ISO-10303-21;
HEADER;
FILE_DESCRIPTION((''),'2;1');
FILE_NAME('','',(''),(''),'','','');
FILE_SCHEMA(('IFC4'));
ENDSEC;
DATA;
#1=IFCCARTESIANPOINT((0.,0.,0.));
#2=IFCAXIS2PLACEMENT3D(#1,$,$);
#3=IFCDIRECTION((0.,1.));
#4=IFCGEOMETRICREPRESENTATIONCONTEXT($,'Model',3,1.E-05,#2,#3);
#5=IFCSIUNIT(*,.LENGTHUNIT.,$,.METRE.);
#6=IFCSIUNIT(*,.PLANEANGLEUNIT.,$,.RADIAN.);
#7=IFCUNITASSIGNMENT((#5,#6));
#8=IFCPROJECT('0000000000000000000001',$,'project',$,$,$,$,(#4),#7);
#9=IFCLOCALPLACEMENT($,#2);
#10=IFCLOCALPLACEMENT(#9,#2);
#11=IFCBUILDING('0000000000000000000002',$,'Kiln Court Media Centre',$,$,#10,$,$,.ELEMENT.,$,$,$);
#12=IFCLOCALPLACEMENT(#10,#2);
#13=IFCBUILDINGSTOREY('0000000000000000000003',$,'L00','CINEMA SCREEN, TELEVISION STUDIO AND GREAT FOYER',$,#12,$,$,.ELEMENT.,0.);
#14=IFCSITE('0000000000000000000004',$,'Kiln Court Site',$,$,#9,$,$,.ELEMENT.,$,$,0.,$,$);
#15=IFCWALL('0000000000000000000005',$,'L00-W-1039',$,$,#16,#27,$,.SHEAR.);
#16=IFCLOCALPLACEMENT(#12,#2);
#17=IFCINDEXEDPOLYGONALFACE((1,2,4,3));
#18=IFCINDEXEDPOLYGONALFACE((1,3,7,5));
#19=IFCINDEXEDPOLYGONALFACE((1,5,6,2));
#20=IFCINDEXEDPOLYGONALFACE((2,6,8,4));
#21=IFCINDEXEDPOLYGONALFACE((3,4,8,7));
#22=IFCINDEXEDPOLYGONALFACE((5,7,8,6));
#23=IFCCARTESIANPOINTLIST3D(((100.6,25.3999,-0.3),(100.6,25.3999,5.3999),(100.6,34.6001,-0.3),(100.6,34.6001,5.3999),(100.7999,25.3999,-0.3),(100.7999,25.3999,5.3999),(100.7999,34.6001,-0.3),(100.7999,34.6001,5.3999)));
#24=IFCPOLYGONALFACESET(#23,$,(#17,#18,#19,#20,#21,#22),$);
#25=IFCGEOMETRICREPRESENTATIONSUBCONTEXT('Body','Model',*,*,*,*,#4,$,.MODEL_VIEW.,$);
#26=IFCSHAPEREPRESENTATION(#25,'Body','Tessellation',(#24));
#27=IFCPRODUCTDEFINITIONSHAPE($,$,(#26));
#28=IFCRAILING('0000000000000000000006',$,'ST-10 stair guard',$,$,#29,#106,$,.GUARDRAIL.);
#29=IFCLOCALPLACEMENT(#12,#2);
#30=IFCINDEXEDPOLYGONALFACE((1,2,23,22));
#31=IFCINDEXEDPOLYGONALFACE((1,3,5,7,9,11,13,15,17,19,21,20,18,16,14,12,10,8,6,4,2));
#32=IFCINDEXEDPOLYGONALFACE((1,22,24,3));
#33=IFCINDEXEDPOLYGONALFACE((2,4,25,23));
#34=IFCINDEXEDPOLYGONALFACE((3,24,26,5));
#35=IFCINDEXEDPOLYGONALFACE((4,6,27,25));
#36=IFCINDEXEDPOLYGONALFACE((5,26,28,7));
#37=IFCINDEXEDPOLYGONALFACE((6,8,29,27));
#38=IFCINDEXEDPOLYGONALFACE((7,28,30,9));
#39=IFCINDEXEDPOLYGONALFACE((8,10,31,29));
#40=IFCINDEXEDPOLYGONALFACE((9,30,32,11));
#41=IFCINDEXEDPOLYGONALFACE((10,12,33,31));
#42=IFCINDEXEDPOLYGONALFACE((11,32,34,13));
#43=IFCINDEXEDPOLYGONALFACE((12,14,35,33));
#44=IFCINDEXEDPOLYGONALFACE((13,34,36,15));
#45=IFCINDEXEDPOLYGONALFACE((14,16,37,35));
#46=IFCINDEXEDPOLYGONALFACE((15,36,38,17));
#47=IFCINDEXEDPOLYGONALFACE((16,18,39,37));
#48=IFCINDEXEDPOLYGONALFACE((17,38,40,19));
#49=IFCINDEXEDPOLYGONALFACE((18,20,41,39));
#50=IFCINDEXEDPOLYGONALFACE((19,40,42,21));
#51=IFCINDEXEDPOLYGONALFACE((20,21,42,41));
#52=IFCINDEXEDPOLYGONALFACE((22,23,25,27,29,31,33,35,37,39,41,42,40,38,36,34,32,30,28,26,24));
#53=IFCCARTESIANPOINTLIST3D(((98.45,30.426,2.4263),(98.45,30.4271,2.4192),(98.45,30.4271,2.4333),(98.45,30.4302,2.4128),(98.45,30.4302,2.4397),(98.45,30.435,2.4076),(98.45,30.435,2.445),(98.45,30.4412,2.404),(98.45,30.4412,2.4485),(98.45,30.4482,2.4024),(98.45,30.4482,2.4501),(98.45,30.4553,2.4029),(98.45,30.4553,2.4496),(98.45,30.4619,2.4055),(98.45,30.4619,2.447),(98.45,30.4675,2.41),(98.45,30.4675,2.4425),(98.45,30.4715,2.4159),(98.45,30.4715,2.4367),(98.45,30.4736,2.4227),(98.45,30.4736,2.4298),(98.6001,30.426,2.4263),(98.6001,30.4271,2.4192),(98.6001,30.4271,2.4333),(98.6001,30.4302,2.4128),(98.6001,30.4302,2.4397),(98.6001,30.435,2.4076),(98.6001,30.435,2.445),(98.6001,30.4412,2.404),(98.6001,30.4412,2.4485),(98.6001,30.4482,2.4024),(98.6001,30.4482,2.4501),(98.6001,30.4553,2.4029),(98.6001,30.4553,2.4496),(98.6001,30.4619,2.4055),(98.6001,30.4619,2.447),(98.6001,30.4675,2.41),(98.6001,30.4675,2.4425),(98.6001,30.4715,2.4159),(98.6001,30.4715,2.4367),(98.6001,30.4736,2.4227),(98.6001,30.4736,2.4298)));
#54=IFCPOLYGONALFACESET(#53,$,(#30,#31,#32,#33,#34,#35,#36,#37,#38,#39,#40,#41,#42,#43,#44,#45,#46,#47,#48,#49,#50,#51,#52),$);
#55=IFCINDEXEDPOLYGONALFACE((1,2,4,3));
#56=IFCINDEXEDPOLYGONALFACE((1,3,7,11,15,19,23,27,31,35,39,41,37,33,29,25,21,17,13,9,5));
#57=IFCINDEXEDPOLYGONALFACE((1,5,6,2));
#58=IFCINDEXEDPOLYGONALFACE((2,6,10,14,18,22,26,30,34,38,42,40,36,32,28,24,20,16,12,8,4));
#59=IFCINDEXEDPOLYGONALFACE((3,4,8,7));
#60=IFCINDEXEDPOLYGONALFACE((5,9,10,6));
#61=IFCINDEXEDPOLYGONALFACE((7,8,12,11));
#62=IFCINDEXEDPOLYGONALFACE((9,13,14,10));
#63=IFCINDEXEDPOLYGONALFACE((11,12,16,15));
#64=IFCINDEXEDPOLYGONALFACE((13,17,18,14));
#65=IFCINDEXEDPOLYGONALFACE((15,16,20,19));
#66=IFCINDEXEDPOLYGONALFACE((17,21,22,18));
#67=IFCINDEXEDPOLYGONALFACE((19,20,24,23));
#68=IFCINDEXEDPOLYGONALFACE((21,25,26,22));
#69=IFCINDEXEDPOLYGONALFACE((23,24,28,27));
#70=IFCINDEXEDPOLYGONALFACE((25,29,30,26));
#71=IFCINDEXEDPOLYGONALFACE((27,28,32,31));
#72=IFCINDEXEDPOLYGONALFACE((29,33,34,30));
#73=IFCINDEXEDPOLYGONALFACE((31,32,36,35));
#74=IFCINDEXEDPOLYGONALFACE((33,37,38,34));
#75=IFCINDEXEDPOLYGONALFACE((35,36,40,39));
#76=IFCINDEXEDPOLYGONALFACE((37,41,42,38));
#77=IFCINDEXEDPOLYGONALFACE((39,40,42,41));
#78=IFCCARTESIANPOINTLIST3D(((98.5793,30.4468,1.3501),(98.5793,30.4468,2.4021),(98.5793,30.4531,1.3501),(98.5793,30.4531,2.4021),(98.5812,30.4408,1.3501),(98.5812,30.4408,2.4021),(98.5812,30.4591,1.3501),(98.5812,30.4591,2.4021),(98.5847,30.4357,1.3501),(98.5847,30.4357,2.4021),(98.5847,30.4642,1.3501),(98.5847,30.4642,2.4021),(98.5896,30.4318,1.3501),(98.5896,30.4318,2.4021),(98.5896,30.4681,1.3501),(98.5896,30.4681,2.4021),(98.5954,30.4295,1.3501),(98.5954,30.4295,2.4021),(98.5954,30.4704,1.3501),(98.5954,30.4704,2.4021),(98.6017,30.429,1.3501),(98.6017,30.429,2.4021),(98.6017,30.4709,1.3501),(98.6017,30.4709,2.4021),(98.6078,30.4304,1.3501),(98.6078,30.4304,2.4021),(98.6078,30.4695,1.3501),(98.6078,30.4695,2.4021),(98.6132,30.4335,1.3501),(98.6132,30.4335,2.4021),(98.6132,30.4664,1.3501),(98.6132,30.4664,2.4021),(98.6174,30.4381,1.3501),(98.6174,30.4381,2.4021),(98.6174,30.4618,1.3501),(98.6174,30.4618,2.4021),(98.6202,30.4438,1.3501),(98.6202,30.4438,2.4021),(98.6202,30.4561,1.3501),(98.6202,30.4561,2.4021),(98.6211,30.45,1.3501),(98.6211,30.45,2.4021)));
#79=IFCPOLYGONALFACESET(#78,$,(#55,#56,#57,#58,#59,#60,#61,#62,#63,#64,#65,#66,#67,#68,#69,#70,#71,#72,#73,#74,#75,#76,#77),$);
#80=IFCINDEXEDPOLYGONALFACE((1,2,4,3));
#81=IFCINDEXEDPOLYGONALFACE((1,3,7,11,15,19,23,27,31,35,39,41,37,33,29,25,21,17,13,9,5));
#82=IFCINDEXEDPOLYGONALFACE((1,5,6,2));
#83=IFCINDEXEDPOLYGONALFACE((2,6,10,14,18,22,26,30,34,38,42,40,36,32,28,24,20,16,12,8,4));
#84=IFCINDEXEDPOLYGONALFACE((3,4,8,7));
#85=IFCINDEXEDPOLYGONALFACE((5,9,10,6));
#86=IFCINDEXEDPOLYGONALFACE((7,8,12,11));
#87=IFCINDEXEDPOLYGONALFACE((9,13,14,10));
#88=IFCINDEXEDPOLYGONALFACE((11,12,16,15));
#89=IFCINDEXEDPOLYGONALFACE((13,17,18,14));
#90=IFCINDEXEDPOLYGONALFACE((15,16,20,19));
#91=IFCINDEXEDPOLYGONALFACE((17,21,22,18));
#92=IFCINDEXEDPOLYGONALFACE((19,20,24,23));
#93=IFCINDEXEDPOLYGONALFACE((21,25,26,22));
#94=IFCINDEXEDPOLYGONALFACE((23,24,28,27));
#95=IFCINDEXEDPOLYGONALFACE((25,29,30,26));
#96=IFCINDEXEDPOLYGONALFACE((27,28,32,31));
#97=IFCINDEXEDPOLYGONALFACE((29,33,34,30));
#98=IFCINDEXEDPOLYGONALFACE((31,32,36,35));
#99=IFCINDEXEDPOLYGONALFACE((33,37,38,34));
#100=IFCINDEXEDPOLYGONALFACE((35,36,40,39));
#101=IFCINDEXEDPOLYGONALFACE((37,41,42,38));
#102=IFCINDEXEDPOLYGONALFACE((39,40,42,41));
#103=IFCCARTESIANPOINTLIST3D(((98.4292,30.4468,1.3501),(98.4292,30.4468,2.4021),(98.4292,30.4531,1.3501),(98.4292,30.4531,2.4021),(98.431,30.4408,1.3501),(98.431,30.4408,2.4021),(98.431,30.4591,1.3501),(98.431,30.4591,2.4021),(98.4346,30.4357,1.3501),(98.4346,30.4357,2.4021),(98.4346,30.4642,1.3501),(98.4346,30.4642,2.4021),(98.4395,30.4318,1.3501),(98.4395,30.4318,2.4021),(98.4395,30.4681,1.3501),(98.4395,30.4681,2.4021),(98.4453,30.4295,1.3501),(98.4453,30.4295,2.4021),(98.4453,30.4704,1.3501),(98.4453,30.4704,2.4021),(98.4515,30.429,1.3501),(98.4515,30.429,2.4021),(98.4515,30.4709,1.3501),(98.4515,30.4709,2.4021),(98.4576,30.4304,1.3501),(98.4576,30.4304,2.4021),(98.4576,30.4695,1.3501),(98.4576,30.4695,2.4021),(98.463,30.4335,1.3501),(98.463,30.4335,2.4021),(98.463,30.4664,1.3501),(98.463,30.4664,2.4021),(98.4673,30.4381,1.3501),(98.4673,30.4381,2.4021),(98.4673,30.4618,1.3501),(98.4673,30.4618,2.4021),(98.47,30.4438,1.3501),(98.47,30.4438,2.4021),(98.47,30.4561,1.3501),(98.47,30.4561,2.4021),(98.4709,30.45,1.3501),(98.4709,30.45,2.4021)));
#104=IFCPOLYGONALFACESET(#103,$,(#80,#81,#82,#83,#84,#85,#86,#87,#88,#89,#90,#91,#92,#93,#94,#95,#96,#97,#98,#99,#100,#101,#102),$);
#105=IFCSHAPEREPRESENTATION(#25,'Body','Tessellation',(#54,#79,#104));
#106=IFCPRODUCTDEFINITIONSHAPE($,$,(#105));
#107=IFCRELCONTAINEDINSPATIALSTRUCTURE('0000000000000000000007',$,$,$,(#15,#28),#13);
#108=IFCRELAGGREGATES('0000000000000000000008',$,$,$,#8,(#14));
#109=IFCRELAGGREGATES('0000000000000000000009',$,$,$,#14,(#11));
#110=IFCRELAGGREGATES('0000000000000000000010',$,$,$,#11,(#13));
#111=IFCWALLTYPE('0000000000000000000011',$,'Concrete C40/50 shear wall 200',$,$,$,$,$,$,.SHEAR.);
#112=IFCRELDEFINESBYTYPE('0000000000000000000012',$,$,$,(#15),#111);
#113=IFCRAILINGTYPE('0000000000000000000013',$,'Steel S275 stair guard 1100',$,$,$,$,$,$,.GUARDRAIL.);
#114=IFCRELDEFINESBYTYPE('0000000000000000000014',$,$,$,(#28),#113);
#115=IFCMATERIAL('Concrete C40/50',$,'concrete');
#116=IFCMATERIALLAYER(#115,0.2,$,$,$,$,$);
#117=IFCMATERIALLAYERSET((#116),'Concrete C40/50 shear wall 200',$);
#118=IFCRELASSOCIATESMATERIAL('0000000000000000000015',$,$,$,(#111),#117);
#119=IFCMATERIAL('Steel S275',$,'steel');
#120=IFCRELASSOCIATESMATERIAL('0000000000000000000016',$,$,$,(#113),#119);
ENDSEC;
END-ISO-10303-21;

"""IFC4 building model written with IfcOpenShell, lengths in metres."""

from ifc_helpers import new_model, si_unit, direction, frame, frame_2d, origin, origin_2d, place, context, subcontext, project, spatial, rectangle, circle, extrude, material, layer, layer_set, type_object, element, save


model = new_model("IFC4")

# Units and contexts
model_context = context("Model", 3, precision=1e-05, world=origin(), true_north=direction((0.0, 1.0)))
body_context = subcontext(model_context, "Body", "Model", "MODEL_VIEW")
ifc_project = project(units=[si_unit("LENGTHUNIT", "METRE"), si_unit("PLANEANGLEUNIT", "RADIAN")], contexts=[model_context])

# Site, building, storey
site_placement = place(None, origin())
site = spatial("IfcSite", under=ifc_project, at=site_placement, Name="Kiln Court Site", CompositionType="ELEMENT", RefElevation=0.0)
building_placement = place(site_placement, origin())
building = spatial("IfcBuilding", under=site, at=building_placement, Name="Kiln Court Media Centre", CompositionType="ELEMENT")
storey_placement = place(building_placement, origin())
storey = spatial("IfcBuildingStorey", under=building, at=storey_placement, Name="L00", Description="CINEMA SCREEN, TELEVISION STUDIO AND GREAT FOYER", CompositionType="ELEMENT", Elevation=0.0)

# Wall
ifc_material_1 = material(Name="Concrete C40/50", Category="concrete")
ifc_layer_1 = layer(ifc_material_1, 0.2)
ifc_layer_set_1 = layer_set([ifc_layer_1], Name="Concrete C40/50 shear wall 200")
wall_type = type_object("IfcWallType", Name="Concrete C40/50 shear wall 200", PredefinedType="SHEAR", material=ifc_layer_set_1)
wall_placement = place(storey_placement, frame((100.7, 34.6001, -0.3), z_axis=(0.0, 0.0, 1.0), x_axis=(0.0, -1.0, 0.0)))
element("IfcWall", 1, at=wall_placement, inside=storey, type_object=wall_type, Name="L00-W-1039", PredefinedType="SHEAR", context=body_context, shape_type="SweptSolid", body=[
    extrude(rectangle(XDim=9.2002, YDim=0.2, at=frame_2d((4.6001, 0.0))), origin(), (0.0, 0.0, 1.0), 5.7),
])

# Railing
ifc_material_2 = material(Name="Steel S275", Category="steel")
railing_type_1 = type_object("IfcRailingType", Name="Steel S275 stair guard 1100", PredefinedType="GUARDRAIL", material=ifc_material_2)
railing_1_placement = place(storey_placement, frame((98.6001, 30.45, 1.3501)))
element("IfcRailing", 2, at=railing_1_placement, inside=storey, type_object=railing_type_1, Name="ST-10 stair guard", PredefinedType="GUARDRAIL", context=body_context, shape_type="SweptSolid", body=[
    extrude(circle(Radius=0.0239, at=origin_2d()), frame((0.0, 0.0, 1.0762), z_axis=(-1.0, 0.0, 0.0), x_axis=(0.0, -1.0, 0.0)), (0.0, 0.0, 1.0), 0.1501),
    extrude(circle(Radius=0.021, at=origin_2d()), origin(), (0.0, 0.0, 1.0), 1.052),
    extrude(circle(Radius=0.021, at=origin_2d()), frame((-0.1501, 0.0, 0.0)), (0.0, 0.0, 1.0), 1.052),
])

save(model, "model.ifc")
